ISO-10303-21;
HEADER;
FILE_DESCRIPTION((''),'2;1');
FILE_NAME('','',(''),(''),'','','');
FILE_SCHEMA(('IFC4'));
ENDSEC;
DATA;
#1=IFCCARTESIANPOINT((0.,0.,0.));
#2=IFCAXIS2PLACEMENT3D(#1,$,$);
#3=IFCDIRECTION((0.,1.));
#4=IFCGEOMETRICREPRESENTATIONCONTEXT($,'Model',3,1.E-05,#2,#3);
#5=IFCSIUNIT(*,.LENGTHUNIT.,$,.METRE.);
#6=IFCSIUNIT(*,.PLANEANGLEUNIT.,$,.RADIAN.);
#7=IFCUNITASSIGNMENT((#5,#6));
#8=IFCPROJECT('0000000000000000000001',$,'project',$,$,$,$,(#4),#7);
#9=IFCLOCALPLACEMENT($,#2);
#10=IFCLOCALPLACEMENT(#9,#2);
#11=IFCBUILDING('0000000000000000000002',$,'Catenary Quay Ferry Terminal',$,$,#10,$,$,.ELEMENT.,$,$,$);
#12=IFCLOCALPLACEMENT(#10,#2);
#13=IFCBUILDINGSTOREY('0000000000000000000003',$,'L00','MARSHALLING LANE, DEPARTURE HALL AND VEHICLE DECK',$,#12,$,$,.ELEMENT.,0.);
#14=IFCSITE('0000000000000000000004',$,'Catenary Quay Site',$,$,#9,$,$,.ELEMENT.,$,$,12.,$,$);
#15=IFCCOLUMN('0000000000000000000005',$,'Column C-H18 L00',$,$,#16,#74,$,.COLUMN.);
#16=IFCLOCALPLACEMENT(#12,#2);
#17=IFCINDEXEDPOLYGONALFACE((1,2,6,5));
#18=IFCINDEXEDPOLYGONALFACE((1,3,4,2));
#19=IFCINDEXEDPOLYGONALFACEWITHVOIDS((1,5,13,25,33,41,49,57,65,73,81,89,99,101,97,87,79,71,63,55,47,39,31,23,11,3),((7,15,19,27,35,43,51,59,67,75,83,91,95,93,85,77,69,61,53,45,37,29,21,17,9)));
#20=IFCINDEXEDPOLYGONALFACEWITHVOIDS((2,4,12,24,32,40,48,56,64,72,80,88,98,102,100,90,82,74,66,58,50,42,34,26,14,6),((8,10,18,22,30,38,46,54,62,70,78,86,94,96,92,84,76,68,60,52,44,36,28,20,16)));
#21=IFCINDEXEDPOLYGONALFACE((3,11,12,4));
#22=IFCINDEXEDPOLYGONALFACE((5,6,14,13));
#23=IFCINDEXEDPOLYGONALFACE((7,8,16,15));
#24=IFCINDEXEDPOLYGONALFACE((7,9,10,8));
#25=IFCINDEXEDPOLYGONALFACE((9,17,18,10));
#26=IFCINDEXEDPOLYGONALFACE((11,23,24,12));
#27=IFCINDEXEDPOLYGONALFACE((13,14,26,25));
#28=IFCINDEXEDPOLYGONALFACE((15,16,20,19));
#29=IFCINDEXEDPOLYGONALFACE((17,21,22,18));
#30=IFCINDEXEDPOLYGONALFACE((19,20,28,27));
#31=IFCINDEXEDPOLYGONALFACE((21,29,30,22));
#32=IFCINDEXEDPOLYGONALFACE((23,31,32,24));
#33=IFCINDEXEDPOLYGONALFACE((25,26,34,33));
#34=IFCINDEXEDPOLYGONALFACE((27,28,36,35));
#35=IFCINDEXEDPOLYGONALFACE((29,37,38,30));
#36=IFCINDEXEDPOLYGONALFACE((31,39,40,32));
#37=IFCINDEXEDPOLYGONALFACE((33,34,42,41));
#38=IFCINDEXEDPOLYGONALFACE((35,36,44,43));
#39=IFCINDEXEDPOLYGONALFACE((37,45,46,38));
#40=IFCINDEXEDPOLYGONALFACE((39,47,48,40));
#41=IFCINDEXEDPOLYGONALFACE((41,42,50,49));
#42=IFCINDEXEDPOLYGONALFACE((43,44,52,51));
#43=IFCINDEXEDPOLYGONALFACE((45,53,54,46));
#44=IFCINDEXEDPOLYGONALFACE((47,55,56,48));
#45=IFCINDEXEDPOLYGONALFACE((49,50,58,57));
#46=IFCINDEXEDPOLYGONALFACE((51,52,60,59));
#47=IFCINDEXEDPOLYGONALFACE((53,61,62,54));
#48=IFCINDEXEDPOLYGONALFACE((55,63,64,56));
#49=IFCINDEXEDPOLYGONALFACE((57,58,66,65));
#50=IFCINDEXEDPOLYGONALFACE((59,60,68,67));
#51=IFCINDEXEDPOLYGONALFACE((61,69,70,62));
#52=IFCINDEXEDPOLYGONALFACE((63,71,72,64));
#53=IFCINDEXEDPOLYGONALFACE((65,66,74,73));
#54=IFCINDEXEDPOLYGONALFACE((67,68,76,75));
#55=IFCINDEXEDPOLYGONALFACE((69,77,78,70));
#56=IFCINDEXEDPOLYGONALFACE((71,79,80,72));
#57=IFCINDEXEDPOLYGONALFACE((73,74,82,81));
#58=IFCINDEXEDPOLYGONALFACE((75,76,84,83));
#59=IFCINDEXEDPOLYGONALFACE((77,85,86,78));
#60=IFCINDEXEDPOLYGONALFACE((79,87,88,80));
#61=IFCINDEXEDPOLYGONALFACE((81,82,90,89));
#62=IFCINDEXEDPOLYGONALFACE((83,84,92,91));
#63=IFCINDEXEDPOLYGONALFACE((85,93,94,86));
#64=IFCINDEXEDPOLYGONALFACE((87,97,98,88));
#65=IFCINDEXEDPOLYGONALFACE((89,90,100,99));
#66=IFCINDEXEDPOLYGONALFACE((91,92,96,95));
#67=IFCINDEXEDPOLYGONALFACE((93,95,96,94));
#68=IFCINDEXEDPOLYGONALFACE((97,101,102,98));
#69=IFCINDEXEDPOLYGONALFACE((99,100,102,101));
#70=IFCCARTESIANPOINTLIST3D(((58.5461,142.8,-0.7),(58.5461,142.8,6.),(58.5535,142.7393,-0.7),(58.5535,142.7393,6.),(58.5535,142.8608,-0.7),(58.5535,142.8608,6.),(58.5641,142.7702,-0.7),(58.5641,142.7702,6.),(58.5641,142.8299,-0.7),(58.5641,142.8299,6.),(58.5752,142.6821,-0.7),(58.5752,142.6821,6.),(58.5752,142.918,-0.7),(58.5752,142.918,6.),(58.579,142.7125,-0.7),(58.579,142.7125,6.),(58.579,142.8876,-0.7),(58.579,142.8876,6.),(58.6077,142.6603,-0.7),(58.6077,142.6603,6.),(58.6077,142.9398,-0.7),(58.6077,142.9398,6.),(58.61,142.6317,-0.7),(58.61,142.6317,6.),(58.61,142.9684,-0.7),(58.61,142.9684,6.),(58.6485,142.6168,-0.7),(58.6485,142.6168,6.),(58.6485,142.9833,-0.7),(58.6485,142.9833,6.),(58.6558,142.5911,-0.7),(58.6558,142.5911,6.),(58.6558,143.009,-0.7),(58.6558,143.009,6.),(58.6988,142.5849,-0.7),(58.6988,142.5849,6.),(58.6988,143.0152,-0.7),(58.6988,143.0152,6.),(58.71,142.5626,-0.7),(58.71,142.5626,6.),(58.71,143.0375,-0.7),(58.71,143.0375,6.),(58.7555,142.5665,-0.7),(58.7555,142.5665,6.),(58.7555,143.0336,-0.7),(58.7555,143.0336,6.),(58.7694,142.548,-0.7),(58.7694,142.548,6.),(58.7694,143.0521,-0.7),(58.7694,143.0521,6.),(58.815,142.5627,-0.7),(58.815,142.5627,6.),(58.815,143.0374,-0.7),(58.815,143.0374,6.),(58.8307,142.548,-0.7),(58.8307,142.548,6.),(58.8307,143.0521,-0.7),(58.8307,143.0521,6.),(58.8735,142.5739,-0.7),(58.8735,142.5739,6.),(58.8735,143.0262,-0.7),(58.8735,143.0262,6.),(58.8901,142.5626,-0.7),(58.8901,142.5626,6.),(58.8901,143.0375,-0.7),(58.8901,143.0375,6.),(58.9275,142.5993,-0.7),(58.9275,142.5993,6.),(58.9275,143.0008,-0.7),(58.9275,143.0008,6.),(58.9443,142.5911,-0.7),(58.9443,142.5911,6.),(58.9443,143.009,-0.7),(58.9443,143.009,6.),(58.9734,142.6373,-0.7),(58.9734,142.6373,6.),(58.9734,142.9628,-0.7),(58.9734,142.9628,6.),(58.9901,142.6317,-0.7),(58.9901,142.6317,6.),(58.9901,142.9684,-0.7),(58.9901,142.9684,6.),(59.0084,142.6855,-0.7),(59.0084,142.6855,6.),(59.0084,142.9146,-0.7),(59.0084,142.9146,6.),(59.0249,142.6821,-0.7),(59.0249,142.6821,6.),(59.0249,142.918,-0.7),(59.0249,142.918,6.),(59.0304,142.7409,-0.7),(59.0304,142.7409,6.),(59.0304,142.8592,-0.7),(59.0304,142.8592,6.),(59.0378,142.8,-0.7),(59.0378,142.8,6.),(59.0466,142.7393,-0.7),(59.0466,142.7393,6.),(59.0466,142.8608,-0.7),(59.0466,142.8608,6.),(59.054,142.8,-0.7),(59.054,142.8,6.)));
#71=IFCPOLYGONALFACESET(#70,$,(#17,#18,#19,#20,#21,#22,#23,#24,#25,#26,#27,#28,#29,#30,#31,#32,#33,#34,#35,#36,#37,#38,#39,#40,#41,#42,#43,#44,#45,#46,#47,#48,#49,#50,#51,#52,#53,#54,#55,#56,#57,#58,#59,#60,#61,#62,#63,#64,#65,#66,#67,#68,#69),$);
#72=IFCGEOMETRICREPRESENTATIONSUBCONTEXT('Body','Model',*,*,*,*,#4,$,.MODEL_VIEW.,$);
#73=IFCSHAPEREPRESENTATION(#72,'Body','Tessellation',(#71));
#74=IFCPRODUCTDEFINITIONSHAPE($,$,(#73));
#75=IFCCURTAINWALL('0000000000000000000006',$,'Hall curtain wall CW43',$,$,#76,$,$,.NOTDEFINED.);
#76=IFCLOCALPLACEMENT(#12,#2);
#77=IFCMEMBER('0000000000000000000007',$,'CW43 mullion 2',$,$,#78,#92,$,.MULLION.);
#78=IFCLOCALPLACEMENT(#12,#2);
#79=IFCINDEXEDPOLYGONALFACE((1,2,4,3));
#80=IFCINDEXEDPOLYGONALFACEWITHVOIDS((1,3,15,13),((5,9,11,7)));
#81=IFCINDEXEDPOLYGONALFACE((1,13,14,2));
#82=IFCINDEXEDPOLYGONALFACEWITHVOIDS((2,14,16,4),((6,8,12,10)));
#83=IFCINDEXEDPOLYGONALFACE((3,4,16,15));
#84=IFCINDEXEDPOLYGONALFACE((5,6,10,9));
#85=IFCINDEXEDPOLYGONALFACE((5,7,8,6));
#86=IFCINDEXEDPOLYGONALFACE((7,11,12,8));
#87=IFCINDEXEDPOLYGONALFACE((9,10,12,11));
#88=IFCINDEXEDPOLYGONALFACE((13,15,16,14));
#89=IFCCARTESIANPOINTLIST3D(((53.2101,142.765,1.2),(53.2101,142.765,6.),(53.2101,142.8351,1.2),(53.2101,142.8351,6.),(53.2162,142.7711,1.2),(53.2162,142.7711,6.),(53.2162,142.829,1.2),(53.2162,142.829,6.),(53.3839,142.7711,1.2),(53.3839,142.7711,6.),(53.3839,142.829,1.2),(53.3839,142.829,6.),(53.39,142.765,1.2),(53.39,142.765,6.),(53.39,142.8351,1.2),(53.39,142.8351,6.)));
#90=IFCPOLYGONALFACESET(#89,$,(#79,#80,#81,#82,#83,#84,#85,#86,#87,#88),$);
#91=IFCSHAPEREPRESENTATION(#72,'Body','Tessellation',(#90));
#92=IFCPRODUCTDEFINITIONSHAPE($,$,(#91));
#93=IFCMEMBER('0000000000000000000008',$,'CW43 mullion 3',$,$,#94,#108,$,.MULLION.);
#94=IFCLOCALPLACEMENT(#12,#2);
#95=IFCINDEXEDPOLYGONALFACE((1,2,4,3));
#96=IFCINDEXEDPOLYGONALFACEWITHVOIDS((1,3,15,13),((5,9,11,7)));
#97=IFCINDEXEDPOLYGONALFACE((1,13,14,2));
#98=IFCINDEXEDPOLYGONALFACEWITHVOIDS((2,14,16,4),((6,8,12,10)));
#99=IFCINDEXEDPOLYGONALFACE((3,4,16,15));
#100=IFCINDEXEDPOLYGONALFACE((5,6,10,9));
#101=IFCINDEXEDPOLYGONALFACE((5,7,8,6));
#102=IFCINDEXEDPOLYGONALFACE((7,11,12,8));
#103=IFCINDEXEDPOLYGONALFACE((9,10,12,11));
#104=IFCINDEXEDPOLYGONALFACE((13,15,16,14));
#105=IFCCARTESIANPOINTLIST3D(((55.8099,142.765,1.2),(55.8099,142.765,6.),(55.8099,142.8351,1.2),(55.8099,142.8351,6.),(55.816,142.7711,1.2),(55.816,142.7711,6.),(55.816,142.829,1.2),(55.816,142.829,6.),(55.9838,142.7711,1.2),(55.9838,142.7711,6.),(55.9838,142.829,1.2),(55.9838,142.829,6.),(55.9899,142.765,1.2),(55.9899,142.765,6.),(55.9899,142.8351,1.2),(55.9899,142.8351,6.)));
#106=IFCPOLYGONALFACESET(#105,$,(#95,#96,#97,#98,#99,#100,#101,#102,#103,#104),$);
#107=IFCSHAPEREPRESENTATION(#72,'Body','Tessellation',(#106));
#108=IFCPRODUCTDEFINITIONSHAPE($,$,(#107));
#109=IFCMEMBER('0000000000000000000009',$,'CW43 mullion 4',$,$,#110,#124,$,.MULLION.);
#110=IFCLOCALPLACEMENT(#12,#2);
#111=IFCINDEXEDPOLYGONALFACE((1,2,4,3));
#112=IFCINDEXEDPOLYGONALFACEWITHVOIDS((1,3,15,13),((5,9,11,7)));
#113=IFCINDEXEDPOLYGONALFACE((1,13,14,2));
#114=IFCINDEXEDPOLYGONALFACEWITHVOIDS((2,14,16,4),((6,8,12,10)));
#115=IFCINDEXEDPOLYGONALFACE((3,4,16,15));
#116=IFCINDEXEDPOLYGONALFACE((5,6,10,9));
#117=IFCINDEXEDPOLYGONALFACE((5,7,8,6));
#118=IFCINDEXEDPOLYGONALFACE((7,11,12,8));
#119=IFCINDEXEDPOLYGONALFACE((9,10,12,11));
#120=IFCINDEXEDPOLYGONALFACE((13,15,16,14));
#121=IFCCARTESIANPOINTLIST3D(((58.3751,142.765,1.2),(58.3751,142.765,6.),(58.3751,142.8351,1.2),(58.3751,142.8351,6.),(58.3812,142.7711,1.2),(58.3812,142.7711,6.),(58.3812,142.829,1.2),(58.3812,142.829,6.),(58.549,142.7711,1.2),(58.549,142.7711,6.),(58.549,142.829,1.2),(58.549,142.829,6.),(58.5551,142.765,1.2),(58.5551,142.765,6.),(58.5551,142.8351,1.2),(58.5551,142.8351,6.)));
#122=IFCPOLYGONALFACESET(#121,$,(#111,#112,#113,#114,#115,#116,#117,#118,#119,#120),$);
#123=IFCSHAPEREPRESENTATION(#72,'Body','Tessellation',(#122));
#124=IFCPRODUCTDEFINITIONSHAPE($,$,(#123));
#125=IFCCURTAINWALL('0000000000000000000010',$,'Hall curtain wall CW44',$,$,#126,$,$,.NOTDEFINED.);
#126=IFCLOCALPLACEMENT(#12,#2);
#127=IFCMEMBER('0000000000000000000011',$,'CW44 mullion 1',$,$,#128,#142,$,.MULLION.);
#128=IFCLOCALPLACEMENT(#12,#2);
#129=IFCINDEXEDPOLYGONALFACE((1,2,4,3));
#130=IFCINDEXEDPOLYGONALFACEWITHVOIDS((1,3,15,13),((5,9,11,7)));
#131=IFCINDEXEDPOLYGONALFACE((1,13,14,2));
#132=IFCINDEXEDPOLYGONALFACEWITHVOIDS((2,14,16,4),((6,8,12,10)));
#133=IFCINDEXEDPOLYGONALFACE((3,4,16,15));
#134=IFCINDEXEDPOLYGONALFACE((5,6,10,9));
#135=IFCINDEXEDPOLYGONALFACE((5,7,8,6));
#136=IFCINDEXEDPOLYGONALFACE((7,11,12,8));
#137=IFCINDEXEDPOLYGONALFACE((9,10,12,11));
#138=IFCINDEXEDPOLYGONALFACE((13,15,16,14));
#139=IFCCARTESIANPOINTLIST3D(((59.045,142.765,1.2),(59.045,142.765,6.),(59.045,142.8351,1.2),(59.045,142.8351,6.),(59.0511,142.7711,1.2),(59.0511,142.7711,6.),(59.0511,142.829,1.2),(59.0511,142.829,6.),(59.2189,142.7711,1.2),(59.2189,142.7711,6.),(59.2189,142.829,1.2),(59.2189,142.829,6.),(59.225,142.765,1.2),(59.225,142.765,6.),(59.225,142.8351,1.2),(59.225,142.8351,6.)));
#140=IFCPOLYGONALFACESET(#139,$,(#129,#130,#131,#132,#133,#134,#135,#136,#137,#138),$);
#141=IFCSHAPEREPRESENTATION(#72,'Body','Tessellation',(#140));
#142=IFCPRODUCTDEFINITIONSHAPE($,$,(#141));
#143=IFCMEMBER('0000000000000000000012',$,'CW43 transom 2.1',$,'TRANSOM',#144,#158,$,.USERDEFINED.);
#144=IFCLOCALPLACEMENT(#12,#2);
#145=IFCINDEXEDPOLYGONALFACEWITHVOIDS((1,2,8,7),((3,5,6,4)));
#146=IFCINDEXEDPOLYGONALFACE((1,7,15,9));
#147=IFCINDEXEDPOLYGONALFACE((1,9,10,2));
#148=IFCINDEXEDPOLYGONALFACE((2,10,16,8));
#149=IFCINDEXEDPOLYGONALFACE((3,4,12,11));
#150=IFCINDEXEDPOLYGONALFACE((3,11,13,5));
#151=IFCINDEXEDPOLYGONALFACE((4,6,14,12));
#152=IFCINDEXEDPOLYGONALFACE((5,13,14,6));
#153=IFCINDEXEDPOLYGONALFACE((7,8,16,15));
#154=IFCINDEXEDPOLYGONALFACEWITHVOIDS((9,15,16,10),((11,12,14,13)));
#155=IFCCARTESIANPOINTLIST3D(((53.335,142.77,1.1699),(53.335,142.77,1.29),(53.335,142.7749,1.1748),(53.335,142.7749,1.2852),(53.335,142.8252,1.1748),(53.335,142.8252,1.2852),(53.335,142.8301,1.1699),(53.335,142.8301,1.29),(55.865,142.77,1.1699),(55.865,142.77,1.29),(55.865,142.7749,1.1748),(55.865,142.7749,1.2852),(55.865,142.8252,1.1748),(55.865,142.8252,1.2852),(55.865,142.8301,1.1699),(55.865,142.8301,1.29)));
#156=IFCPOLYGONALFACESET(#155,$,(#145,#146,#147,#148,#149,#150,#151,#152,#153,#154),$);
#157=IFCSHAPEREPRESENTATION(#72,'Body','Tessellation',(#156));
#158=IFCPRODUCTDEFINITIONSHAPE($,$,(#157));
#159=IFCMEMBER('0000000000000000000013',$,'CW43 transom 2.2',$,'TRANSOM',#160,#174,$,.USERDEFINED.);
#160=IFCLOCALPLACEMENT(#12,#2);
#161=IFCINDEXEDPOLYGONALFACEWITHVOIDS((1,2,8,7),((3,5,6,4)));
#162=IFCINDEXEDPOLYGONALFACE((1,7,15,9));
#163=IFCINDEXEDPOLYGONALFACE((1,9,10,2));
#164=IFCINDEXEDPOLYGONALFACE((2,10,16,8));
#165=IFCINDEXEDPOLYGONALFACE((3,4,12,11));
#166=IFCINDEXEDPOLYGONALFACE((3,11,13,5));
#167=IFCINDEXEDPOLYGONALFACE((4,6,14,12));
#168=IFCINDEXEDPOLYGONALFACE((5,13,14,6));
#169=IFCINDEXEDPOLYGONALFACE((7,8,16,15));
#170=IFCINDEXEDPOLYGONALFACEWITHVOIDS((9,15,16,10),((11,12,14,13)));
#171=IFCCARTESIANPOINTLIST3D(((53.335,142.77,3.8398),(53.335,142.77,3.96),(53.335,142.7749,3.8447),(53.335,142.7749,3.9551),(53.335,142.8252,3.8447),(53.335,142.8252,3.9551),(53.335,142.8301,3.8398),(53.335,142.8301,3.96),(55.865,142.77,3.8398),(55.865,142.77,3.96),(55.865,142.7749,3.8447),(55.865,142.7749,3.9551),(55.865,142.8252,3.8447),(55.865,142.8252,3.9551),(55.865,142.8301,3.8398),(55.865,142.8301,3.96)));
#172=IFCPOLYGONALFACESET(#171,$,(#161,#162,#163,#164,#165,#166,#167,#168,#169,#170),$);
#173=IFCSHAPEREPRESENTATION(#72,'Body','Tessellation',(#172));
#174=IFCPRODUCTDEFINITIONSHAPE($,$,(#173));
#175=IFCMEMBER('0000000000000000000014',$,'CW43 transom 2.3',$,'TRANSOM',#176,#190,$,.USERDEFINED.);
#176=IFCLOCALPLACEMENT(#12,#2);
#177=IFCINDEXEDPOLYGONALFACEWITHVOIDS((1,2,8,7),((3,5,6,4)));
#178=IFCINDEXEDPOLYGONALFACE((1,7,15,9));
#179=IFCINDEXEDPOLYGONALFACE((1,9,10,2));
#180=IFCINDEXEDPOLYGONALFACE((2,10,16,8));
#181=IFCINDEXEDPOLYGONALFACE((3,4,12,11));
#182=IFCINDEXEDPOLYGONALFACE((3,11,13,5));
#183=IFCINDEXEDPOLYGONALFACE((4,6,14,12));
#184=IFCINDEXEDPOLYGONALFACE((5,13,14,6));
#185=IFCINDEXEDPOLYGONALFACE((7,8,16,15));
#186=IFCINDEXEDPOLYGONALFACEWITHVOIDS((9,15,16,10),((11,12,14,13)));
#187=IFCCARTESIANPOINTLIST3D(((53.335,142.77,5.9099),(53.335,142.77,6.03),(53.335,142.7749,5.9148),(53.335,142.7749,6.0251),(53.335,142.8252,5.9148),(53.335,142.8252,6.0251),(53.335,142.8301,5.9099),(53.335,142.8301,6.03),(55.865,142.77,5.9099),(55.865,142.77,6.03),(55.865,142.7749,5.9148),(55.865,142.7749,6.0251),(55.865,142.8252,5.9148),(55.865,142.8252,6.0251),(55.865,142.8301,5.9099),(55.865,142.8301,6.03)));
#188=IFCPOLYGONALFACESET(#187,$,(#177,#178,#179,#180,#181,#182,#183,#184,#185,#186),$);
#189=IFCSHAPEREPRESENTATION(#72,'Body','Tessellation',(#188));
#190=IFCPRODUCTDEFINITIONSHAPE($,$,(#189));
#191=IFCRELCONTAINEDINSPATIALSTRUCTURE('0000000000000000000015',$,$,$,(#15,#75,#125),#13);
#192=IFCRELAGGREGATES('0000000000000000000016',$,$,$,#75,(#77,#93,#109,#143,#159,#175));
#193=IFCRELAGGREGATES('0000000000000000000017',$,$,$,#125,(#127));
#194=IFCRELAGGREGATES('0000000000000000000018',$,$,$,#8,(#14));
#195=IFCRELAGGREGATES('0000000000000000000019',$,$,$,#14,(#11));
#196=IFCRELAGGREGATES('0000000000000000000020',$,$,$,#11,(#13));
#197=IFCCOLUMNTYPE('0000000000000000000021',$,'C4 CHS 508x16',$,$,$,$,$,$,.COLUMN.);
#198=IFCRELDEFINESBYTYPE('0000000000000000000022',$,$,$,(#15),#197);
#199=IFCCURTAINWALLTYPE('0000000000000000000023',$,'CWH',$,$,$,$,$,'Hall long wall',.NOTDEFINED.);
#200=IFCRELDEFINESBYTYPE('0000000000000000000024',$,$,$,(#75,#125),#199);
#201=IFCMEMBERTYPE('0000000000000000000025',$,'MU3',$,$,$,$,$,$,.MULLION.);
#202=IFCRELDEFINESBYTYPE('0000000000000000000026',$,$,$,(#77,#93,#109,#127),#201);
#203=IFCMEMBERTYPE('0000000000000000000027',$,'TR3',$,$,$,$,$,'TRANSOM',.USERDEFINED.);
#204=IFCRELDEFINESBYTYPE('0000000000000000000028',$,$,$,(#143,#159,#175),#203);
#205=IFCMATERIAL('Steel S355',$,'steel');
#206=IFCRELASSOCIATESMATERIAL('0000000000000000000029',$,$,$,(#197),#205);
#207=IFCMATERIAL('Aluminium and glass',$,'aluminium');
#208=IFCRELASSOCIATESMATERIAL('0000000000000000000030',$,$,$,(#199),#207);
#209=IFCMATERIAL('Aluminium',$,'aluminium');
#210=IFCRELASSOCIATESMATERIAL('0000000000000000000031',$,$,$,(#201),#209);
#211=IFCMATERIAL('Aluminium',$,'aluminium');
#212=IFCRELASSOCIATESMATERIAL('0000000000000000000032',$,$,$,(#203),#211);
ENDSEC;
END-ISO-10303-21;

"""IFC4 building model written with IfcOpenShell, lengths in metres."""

from ifc_helpers import new_model, si_unit, direction, frame, origin, origin_2d, place, context, subcontext, project, spatial, hollow_rectangle, hollow_circle, extrude, material, material_profile, profile_set, type_object, element, aggregate, save


model = new_model("IFC4")

# Units and contexts
model_context = context("Model", 3, precision=1e-05, world=origin(), true_north=direction((0.0, 1.0)))
body_context = subcontext(model_context, "Body", "Model", "MODEL_VIEW")
ifc_project = project(units=[si_unit("LENGTHUNIT", "METRE"), si_unit("PLANEANGLEUNIT", "RADIAN")], contexts=[model_context])

# Site, building, storey
site_placement = place(None, origin())
site = spatial("IfcSite", under=ifc_project, at=site_placement, Name="Catenary Quay Site", CompositionType="ELEMENT", RefElevation=12.0)
building_placement = place(site_placement, origin())
building = spatial("IfcBuilding", under=site, at=building_placement, Name="Catenary Quay Ferry Terminal", CompositionType="ELEMENT")
storey_placement = place(building_placement, origin())
storey = spatial("IfcBuildingStorey", under=building, at=storey_placement, Name="L00", Description="MARSHALLING LANE, DEPARTURE HALL AND VEHICLE DECK", CompositionType="ELEMENT", Elevation=0.0)

# Column
ifc_material_1 = material(Name="Steel S355", Category="steel")
ifc_material_profile_1 = material_profile(ifc_material_1, hollow_circle(Radius=0.2539, WallThickness=0.0161, at=origin_2d()), Name="CHS 508x16")
ifc_profile_set_1 = profile_set([ifc_material_profile_1], Name="Steel S355")
column_type = type_object("IfcColumnType", Name="C4 CHS 508x16", PredefinedType="COLUMN", material=ifc_profile_set_1)
column_placement = place(storey_placement, frame((58.8, 142.8, -0.7), z_axis=(0.0, 0.0, 1.0), x_axis=(1.0, 0.0, 0.0)))
element("IfcColumn", 1, at=column_placement, inside=storey, type_object=column_type, Name="Column C-H18 L00", PredefinedType="COLUMN", context=body_context, shape_type="SweptSolid", body=[
    extrude(hollow_circle(Radius=0.2539, WallThickness=0.0161, at=origin_2d()), origin(), (0.0, 0.0, 1.0), 6.7),
])

# Curtain wall, members
ifc_material_2 = material(Name="Aluminium and glass", Category="aluminium")
curtain_wall_type = type_object("IfcCurtainWallType", Name="CWH", ElementType="Hall long wall", PredefinedType="NOTDEFINED", material=ifc_material_2)
curtain_wall_1_placement = place(storey_placement, origin())
curtain_wall_1 = element("IfcCurtainWall", 2, at=curtain_wall_1_placement, inside=storey, type_object=curtain_wall_type, Name="Hall curtain wall CW43", PredefinedType="NOTDEFINED")
ifc_material_3 = material(Name="Aluminium", Category="aluminium")
ifc_material_profile_2 = material_profile(ifc_material_3, hollow_rectangle(XDim=0.0701, YDim=0.1799, WallThickness=0.0061, at=origin_2d()), Name="MU3")
ifc_profile_set_2 = profile_set([ifc_material_profile_2], Name="Aluminium")
member_type_1 = type_object("IfcMemberType", Name="MU3", PredefinedType="MULLION", material=ifc_profile_set_2)
member_1_placement = place(storey_placement, frame((53.3, 142.8, 1.2), z_axis=(0.0, 0.0, 1.0), x_axis=(0.0, 1.0, 0.0)))
member_1 = element("IfcMember", 3, at=member_1_placement, type_object=member_type_1, Name="CW43 mullion 2", PredefinedType="MULLION", context=body_context, shape_type="SweptSolid", body=[
    extrude(hollow_rectangle(XDim=0.0701, YDim=0.1799, WallThickness=0.0061, at=origin_2d()), origin(), (0.0, 0.0, 1.0), 4.8),
])
member_2_placement = place(storey_placement, frame((55.8999, 142.8, 1.2), z_axis=(0.0, 0.0, 1.0), x_axis=(0.0, 1.0, 0.0)))
member_2 = element("IfcMember", 4, at=member_2_placement, type_object=member_type_1, Name="CW43 mullion 3", PredefinedType="MULLION", context=body_context, shape_type="SweptSolid", body=[
    extrude(hollow_rectangle(XDim=0.0701, YDim=0.1799, WallThickness=0.0061, at=origin_2d()), origin(), (0.0, 0.0, 1.0), 4.8),
])
member_3_placement = place(storey_placement, frame((58.4651, 142.8, 1.2), z_axis=(0.0, 0.0, 1.0), x_axis=(0.0, 1.0, 0.0)))
member_3 = element("IfcMember", 5, at=member_3_placement, type_object=member_type_1, Name="CW43 mullion 4", PredefinedType="MULLION", context=body_context, shape_type="SweptSolid", body=[
    extrude(hollow_rectangle(XDim=0.0701, YDim=0.1799, WallThickness=0.0061, at=origin_2d()), origin(), (0.0, 0.0, 1.0), 4.8),
])

# Curtain wall, member
curtain_wall_2_placement = place(storey_placement, origin())
curtain_wall_2 = element("IfcCurtainWall", 6, at=curtain_wall_2_placement, inside=storey, type_object=curtain_wall_type, Name="Hall curtain wall CW44", PredefinedType="NOTDEFINED")
member_4_placement = place(storey_placement, frame((59.135, 142.8, 1.2), z_axis=(0.0, 0.0, 1.0), x_axis=(0.0, 1.0, 0.0)))
member_4 = element("IfcMember", 7, at=member_4_placement, type_object=member_type_1, Name="CW44 mullion 1", PredefinedType="MULLION", context=body_context, shape_type="SweptSolid", body=[
    extrude(hollow_rectangle(XDim=0.0701, YDim=0.1799, WallThickness=0.0061, at=origin_2d()), origin(), (0.0, 0.0, 1.0), 4.8),
])

# Members
ifc_material_4 = material(Name="Aluminium", Category="aluminium")
ifc_material_profile_3 = material_profile(ifc_material_4, hollow_rectangle(XDim=0.0601, YDim=0.1201, WallThickness=0.0049, at=origin_2d()), Name="TR3")
ifc_profile_set_3 = profile_set([ifc_material_profile_3], Name="Aluminium")
member_type_2 = type_object("IfcMemberType", Name="TR3", ElementType="TRANSOM", PredefinedType="USERDEFINED", material=ifc_profile_set_3)
member_5_placement = place(storey_placement, frame((53.335, 142.8, 1.23), z_axis=(1.0, 0.0, 0.0), x_axis=(0.0, 1.0, 0.0)))
member_5 = element("IfcMember", 8, at=member_5_placement, type_object=member_type_2, Name="CW43 transom 2.1", ObjectType="TRANSOM", PredefinedType="USERDEFINED", context=body_context, shape_type="SweptSolid", body=[
    extrude(hollow_rectangle(XDim=0.0601, YDim=0.1201, WallThickness=0.0049, at=origin_2d()), origin(), (0.0, 0.0, 1.0), 2.53),
])
member_6_placement = place(storey_placement, frame((53.335, 142.8, 3.8999), z_axis=(1.0, 0.0, 0.0), x_axis=(0.0, 1.0, 0.0)))
member_6 = element("IfcMember", 9, at=member_6_placement, type_object=member_type_2, Name="CW43 transom 2.2", ObjectType="TRANSOM", PredefinedType="USERDEFINED", context=body_context, shape_type="SweptSolid", body=[
    extrude(hollow_rectangle(XDim=0.0601, YDim=0.1201, WallThickness=0.0049, at=origin_2d()), origin(), (0.0, 0.0, 1.0), 2.53),
])
member_7_placement = place(storey_placement, frame((53.335, 142.8, 5.97), z_axis=(1.0, 0.0, 0.0), x_axis=(0.0, 1.0, 0.0)))
member_7 = element("IfcMember", 10, at=member_7_placement, type_object=member_type_2, Name="CW43 transom 2.3", ObjectType="TRANSOM", PredefinedType="USERDEFINED", context=body_context, shape_type="SweptSolid", body=[
    extrude(hollow_rectangle(XDim=0.0601, YDim=0.1201, WallThickness=0.0049, at=origin_2d()), origin(), (0.0, 0.0, 1.0), 2.53),
])

aggregate(curtain_wall_1, [member_1, member_2, member_3, member_5, member_6, member_7])
aggregate(curtain_wall_2, [member_4])

save(model, "model.ifc")
